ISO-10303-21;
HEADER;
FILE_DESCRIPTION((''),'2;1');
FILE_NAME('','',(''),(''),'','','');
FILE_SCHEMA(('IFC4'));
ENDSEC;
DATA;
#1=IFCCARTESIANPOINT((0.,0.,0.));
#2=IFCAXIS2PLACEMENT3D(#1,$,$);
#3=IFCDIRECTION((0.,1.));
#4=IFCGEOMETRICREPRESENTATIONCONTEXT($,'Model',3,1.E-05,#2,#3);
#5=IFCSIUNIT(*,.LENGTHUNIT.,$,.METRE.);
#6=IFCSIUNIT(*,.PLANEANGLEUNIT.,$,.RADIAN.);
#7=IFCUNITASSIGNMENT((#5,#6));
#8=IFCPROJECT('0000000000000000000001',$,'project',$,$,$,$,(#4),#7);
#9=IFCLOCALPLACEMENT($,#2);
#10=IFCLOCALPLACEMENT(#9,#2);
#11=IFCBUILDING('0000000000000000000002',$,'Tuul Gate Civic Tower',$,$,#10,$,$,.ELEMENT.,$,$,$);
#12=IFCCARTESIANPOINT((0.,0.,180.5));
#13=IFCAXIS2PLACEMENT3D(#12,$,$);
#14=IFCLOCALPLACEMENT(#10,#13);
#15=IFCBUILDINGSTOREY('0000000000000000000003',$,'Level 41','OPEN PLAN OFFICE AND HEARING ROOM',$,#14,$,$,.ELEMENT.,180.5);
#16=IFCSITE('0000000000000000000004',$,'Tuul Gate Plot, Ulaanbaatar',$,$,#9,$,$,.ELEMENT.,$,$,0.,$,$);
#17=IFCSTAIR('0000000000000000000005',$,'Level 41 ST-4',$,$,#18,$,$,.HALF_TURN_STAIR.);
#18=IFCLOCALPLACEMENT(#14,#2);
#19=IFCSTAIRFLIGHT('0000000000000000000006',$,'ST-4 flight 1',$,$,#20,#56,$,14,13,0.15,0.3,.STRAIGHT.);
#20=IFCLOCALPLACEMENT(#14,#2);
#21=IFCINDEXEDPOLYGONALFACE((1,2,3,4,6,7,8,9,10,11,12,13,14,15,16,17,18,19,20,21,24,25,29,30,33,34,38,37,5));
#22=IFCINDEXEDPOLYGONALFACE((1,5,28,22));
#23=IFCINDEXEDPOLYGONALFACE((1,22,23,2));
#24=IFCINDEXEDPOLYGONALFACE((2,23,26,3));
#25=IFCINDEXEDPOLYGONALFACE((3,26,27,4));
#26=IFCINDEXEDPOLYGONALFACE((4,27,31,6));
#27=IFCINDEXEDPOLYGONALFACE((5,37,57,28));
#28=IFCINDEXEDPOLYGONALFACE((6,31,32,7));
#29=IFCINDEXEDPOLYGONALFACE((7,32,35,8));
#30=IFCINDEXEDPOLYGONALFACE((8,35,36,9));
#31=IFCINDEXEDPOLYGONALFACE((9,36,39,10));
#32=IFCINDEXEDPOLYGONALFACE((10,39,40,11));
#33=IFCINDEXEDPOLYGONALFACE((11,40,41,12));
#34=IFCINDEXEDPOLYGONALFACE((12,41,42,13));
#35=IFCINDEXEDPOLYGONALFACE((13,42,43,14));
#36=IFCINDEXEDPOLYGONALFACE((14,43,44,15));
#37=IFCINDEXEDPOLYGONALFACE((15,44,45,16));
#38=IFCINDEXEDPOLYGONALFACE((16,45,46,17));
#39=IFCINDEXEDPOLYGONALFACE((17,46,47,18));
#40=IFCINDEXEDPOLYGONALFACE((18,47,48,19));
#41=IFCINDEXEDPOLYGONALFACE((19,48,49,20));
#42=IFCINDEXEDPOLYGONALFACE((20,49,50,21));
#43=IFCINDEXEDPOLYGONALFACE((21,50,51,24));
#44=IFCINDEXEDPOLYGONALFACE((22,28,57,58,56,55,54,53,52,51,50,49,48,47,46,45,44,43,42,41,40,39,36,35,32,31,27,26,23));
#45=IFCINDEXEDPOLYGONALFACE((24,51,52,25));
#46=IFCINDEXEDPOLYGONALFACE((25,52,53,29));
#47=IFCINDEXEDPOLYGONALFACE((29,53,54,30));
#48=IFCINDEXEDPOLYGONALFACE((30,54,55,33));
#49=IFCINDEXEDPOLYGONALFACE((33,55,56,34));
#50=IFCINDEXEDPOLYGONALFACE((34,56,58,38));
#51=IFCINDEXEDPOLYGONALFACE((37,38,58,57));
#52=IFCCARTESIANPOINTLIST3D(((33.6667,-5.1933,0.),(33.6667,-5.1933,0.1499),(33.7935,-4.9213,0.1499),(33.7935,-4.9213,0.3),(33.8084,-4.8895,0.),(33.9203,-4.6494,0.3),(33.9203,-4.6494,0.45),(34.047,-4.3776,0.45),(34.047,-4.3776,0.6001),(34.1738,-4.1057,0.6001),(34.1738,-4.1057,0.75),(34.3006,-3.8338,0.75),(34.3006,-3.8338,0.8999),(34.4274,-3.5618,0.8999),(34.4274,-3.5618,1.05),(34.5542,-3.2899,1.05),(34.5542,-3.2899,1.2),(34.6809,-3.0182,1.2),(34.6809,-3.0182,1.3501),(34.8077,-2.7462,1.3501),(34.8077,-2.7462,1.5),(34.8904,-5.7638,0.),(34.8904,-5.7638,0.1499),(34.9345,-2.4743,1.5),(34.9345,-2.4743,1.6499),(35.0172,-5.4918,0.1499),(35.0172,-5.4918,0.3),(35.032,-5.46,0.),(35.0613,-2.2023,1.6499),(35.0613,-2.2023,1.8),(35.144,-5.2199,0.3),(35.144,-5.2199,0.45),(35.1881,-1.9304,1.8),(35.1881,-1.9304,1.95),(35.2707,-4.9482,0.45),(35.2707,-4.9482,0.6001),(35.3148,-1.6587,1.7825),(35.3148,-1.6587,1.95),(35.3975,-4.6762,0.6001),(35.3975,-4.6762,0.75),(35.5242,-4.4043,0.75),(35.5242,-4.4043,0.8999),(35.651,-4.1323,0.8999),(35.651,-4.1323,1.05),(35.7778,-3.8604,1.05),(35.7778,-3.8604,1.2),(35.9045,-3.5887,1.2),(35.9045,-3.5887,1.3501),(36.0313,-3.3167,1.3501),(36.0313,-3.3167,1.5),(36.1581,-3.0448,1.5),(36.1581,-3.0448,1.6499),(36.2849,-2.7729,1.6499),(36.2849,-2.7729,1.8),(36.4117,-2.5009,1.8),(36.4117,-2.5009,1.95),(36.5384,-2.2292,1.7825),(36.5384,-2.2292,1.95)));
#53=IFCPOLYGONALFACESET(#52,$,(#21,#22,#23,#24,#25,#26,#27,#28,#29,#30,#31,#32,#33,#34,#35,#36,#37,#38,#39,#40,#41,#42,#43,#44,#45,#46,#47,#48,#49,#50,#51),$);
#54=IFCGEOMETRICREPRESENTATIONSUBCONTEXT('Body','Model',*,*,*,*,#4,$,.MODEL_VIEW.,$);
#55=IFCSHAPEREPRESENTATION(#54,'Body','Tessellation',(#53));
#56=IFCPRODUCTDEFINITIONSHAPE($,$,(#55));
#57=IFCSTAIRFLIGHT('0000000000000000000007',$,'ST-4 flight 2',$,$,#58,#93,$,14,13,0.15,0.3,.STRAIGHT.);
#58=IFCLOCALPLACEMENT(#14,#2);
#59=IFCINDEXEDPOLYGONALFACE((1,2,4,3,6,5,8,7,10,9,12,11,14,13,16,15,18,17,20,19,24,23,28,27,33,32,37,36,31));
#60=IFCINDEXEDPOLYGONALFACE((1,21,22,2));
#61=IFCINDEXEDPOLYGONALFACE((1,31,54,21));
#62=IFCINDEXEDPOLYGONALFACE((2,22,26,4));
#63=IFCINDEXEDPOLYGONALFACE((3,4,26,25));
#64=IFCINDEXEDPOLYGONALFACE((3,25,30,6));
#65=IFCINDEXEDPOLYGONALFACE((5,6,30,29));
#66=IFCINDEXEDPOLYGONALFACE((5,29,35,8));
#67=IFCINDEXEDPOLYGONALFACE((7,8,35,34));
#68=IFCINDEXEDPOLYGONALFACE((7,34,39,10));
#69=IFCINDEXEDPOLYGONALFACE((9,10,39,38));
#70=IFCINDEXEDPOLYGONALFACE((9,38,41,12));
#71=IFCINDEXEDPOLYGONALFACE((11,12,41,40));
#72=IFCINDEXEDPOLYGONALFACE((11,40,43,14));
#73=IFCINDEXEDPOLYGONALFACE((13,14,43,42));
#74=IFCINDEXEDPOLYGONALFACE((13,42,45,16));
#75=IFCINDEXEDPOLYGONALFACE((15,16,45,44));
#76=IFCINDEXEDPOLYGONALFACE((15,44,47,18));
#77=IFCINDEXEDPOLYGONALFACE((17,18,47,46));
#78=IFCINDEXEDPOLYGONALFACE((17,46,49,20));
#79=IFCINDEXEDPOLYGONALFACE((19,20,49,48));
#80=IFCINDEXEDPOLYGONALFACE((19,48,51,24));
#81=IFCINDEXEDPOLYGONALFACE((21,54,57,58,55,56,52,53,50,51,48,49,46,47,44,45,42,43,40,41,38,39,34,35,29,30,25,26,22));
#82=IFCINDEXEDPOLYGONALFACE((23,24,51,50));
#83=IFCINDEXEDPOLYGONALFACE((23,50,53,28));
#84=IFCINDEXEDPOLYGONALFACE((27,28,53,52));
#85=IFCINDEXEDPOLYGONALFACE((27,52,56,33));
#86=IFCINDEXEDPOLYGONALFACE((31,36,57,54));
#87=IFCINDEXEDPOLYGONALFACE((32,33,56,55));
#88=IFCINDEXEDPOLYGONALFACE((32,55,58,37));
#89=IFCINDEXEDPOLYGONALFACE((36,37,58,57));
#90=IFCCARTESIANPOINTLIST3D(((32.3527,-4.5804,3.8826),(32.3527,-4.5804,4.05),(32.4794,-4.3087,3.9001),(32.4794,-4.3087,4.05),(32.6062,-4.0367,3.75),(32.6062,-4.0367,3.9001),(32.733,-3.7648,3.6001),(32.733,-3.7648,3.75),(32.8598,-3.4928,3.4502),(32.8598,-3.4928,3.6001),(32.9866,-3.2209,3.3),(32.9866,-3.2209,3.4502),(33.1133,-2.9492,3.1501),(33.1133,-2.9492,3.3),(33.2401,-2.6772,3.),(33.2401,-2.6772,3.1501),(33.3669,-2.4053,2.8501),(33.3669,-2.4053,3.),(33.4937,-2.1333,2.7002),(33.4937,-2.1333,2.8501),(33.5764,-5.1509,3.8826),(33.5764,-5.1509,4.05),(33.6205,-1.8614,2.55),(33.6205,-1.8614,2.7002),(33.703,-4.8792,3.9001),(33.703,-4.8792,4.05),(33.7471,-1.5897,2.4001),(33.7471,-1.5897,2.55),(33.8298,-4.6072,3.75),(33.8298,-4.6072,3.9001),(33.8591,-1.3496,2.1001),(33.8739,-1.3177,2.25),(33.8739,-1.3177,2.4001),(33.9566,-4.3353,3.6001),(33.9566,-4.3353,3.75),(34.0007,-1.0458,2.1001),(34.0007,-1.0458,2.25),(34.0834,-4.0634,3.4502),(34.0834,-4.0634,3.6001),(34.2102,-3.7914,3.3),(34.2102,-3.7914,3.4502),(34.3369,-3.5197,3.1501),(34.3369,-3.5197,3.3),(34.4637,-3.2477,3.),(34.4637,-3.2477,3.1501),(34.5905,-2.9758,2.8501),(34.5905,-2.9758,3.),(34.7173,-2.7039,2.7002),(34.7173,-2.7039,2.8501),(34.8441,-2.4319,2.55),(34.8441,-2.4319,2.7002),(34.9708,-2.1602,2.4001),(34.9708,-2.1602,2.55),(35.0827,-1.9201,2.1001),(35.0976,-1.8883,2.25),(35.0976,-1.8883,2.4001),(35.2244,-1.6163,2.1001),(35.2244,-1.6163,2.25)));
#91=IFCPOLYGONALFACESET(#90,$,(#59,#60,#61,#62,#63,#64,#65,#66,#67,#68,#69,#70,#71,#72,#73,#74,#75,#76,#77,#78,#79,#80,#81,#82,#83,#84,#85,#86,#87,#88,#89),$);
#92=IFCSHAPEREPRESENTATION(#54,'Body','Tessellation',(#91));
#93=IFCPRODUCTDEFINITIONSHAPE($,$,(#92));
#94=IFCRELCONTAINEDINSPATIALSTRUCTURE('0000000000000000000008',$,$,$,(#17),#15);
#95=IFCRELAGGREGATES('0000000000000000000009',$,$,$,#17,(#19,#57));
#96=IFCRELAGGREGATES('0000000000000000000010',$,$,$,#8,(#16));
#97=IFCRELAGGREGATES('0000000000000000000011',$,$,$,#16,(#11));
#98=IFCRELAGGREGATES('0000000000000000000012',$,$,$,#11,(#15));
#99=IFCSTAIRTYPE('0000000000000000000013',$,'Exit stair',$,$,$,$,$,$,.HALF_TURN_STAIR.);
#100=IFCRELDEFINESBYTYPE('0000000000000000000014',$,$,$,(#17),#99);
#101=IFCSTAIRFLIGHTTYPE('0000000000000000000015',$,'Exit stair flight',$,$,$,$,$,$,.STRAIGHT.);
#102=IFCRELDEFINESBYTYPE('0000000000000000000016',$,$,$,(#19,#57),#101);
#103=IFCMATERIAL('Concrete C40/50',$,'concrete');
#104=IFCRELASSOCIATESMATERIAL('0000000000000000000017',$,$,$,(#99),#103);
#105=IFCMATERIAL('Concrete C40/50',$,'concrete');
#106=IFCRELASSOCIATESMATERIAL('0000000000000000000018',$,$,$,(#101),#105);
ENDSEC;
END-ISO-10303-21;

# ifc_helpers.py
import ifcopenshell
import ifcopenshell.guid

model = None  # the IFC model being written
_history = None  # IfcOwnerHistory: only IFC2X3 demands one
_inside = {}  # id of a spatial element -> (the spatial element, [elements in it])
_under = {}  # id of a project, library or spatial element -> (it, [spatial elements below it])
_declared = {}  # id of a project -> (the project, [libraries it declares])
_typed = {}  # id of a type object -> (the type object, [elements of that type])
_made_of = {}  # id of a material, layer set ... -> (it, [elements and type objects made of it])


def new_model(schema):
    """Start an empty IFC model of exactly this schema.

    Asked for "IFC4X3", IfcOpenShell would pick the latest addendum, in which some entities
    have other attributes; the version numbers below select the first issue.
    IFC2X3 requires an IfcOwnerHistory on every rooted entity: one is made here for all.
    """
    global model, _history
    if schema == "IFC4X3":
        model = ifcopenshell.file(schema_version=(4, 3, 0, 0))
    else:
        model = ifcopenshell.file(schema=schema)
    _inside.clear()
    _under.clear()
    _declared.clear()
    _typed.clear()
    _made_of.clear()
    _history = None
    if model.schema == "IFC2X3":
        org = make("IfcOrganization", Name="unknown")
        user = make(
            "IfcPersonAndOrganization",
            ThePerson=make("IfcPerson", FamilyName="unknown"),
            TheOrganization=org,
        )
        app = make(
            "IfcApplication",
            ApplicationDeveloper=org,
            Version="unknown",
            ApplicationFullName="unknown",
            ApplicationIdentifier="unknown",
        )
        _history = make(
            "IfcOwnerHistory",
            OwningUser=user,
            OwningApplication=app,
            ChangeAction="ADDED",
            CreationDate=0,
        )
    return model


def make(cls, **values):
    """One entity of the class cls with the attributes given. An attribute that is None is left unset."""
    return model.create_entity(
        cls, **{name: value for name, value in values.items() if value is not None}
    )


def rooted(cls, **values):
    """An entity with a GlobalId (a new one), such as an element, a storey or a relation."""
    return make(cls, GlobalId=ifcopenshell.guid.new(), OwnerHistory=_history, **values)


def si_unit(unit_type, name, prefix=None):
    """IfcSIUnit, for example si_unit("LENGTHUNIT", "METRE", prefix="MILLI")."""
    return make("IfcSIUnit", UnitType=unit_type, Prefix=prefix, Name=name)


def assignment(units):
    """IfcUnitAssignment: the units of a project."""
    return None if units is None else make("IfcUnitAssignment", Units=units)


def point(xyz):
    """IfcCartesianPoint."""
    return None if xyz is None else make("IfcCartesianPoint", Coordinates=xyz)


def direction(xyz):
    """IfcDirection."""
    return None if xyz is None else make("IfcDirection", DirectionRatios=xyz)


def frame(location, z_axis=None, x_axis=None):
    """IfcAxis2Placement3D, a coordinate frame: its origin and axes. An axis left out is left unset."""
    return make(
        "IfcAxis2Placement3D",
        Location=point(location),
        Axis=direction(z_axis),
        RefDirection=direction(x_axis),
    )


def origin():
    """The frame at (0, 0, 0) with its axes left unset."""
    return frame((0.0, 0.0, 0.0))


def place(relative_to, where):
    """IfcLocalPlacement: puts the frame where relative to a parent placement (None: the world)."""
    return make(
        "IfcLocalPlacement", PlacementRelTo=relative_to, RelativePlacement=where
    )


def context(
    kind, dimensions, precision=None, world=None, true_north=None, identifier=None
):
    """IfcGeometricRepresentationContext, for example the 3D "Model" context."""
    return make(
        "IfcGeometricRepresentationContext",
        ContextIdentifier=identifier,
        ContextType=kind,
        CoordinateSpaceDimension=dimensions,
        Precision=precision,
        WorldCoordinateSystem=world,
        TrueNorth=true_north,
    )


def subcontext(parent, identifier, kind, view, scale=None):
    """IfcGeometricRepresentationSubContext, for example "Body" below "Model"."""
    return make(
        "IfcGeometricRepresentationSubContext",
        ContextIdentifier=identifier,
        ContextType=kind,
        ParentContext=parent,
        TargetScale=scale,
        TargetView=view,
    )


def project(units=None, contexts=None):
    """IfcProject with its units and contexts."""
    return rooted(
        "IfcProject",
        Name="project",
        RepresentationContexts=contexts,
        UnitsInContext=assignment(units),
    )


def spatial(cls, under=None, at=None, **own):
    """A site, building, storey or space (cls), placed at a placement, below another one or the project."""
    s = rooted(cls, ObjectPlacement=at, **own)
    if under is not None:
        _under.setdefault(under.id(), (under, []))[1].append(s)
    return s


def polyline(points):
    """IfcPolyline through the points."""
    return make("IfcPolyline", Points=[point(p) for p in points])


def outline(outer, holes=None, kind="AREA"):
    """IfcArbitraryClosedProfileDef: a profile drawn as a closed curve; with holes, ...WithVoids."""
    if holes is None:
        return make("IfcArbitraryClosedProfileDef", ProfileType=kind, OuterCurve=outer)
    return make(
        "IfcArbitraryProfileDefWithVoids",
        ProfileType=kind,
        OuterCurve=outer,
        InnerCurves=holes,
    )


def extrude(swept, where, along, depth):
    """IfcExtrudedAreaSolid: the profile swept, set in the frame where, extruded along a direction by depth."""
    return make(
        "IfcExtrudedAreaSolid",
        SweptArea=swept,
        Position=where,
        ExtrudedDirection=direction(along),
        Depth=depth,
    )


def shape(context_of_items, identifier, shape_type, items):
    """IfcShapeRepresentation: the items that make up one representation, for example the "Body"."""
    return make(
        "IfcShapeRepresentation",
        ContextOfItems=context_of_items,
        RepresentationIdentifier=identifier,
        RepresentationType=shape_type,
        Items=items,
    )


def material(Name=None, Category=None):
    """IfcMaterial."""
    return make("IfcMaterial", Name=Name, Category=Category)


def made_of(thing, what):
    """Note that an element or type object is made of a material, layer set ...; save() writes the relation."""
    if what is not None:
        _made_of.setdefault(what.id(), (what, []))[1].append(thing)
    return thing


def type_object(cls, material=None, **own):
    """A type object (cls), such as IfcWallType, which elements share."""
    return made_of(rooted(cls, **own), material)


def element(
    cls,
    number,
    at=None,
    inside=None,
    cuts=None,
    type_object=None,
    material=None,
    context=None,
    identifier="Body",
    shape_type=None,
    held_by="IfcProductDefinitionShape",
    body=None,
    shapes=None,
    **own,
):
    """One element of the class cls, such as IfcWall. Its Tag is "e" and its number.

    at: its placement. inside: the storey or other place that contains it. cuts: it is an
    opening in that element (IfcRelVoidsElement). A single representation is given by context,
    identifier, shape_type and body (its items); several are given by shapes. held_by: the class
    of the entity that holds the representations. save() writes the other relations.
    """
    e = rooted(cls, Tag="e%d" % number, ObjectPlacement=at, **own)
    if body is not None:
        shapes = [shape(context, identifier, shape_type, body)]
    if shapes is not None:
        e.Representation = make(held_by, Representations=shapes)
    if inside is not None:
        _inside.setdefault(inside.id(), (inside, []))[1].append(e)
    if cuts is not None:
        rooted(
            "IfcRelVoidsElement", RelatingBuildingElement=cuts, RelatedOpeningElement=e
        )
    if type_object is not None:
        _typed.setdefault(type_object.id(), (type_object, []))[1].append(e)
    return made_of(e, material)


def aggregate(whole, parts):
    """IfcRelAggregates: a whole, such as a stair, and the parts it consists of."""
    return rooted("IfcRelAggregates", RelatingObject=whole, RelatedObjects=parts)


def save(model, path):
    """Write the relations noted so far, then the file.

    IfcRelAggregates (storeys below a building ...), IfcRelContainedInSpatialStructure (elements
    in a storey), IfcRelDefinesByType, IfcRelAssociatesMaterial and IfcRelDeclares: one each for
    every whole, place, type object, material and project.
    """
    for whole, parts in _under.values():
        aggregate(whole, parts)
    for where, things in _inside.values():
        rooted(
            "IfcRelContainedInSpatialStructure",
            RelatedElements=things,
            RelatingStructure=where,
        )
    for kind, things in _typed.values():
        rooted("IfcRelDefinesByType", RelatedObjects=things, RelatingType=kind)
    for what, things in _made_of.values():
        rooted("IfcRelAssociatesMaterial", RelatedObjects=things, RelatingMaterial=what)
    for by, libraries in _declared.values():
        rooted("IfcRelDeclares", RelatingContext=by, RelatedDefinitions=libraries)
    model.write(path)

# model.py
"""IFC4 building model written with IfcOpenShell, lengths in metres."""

from ifc_helpers import new_model, si_unit, direction, frame, origin, place, context, subcontext, project, spatial, polyline, outline, extrude, material, type_object, element, aggregate, save


model = new_model("IFC4")

# Units and contexts
model_context = context("Model", 3, precision=1e-05, world=origin(), true_north=direction((0.0, 1.0)))
body_context = subcontext(model_context, "Body", "Model", "MODEL_VIEW")
ifc_project = project(units=[si_unit("LENGTHUNIT", "METRE"), si_unit("PLANEANGLEUNIT", "RADIAN")], contexts=[model_context])

# Site, building, storey
site_placement = place(None, origin())
site = spatial("IfcSite", under=ifc_project, at=site_placement, Name="Tuul Gate Plot, Ulaanbaatar", CompositionType="ELEMENT", RefElevation=0.0)
building_placement = place(site_placement, origin())
building = spatial("IfcBuilding", under=site, at=building_placement, Name="Tuul Gate Civic Tower", CompositionType="ELEMENT")
storey_placement = place(building_placement, frame((0.0, 0.0, 180.5)))
storey = spatial("IfcBuildingStorey", under=building, at=storey_placement, Name="Level 41", Description="OPEN PLAN OFFICE AND HEARING ROOM", CompositionType="ELEMENT", Elevation=180.5)

# Stair, stair flights
ifc_material_1 = material(Name="Concrete C40/50", Category="concrete")
stair_type = type_object("IfcStairType", Name="Exit stair", PredefinedType="HALF_TURN_STAIR", material=ifc_material_1)
stair_placement = place(storey_placement, origin())
stair = element("IfcStair", 1, at=stair_placement, inside=storey, type_object=stair_type, Name="Level 41 ST-4", PredefinedType="HALF_TURN_STAIR")
ifc_material_2 = material(Name="Concrete C40/50", Category="concrete")
stair_flight_type = type_object("IfcStairFlightType", Name="Exit stair flight", PredefinedType="STRAIGHT", material=ifc_material_2)
stair_flight_1_placement = place(storey_placement, frame((34.2786, -5.4785, 0.0), z_axis=(0.0, 0.0, 1.0), x_axis=(0.422576, 0.906327, 0.0)))
stair_flight_1 = element("IfcStairFlight", 2, at=stair_flight_1_placement, type_object=stair_flight_type, Name="ST-4 flight 1", NumberOfRisers=14, NumberOfTreads=13, PredefinedType="STRAIGHT", RiserHeight=0.15, TreadLength=0.3, context=body_context, shape_type="SweptSolid", body=[
    extrude(outline(polyline([(0.0, 0.0), (0.0, 0.1499), (0.3, 0.1499), (0.3, 0.3), (0.6001, 0.3), (0.6001, 0.45), (0.8999, 0.45), (0.8999, 0.6001), (1.2, 0.6001), (1.2, 0.75), (1.5, 0.75), (1.5, 0.8999), (1.8, 0.8999), (1.8, 1.05), (2.1001, 1.05), (2.1001, 1.2), (2.3999, 1.2), (2.3999, 1.3501), (2.7, 1.3501), (2.7, 1.5), (3.0, 1.5), (3.0, 1.6499), (3.3, 1.6499), (3.3, 1.8), (3.6001, 1.8), (3.6001, 1.95), (3.8999, 1.95), (3.8999, 2.1001), (3.8999, 1.7825), (0.3352, 0.0), (0.0, 0.0)])), frame((0.0, 0.675, 0.0), z_axis=(0.0, -1.0, 0.0), x_axis=(1.0, 0.0, 0.0)), (0.0, 0.0, 1.0), 1.3501),
])
stair_flight_2_placement = place(storey_placement, frame((34.6125, -1.3311, 2.1001), z_axis=(0.0, 0.0, 1.0), x_axis=(-0.422576, -0.906327, 0.0)))
stair_flight_2 = element("IfcStairFlight", 3, at=stair_flight_2_placement, type_object=stair_flight_type, Name="ST-4 flight 2", NumberOfRisers=14, NumberOfTreads=13, PredefinedType="STRAIGHT", RiserHeight=0.15, TreadLength=0.3, context=body_context, shape_type="SweptSolid", body=[
    extrude(outline(polyline([(0.0, 0.0), (0.0, 0.1499), (0.3, 0.1499), (0.3, 0.3), (0.6001, 0.3), (0.6001, 0.45), (0.8999, 0.45), (0.8999, 0.6001), (1.2, 0.6001), (1.2, 0.75), (1.5, 0.75), (1.5, 0.8999), (1.8, 0.8999), (1.8, 1.05), (2.1001, 1.05), (2.1001, 1.2), (2.3999, 1.2), (2.3999, 1.3501), (2.7, 1.3501), (2.7, 1.5), (3.0, 1.5), (3.0, 1.6499), (3.3, 1.6499), (3.3, 1.8), (3.6001, 1.8), (3.6001, 1.95), (3.8999, 1.95), (3.8999, 2.1001), (3.8999, 1.7825), (0.3352, 0.0), (0.0, 0.0)])), frame((0.0, 0.675, 0.0), z_axis=(0.0, -1.0, 0.0), x_axis=(1.0, 0.0, 0.0)), (0.0, 0.0, 1.0), 1.3501),
])
aggregate(stair, [stair_flight_1, stair_flight_2])

save(model, "model.ifc")
